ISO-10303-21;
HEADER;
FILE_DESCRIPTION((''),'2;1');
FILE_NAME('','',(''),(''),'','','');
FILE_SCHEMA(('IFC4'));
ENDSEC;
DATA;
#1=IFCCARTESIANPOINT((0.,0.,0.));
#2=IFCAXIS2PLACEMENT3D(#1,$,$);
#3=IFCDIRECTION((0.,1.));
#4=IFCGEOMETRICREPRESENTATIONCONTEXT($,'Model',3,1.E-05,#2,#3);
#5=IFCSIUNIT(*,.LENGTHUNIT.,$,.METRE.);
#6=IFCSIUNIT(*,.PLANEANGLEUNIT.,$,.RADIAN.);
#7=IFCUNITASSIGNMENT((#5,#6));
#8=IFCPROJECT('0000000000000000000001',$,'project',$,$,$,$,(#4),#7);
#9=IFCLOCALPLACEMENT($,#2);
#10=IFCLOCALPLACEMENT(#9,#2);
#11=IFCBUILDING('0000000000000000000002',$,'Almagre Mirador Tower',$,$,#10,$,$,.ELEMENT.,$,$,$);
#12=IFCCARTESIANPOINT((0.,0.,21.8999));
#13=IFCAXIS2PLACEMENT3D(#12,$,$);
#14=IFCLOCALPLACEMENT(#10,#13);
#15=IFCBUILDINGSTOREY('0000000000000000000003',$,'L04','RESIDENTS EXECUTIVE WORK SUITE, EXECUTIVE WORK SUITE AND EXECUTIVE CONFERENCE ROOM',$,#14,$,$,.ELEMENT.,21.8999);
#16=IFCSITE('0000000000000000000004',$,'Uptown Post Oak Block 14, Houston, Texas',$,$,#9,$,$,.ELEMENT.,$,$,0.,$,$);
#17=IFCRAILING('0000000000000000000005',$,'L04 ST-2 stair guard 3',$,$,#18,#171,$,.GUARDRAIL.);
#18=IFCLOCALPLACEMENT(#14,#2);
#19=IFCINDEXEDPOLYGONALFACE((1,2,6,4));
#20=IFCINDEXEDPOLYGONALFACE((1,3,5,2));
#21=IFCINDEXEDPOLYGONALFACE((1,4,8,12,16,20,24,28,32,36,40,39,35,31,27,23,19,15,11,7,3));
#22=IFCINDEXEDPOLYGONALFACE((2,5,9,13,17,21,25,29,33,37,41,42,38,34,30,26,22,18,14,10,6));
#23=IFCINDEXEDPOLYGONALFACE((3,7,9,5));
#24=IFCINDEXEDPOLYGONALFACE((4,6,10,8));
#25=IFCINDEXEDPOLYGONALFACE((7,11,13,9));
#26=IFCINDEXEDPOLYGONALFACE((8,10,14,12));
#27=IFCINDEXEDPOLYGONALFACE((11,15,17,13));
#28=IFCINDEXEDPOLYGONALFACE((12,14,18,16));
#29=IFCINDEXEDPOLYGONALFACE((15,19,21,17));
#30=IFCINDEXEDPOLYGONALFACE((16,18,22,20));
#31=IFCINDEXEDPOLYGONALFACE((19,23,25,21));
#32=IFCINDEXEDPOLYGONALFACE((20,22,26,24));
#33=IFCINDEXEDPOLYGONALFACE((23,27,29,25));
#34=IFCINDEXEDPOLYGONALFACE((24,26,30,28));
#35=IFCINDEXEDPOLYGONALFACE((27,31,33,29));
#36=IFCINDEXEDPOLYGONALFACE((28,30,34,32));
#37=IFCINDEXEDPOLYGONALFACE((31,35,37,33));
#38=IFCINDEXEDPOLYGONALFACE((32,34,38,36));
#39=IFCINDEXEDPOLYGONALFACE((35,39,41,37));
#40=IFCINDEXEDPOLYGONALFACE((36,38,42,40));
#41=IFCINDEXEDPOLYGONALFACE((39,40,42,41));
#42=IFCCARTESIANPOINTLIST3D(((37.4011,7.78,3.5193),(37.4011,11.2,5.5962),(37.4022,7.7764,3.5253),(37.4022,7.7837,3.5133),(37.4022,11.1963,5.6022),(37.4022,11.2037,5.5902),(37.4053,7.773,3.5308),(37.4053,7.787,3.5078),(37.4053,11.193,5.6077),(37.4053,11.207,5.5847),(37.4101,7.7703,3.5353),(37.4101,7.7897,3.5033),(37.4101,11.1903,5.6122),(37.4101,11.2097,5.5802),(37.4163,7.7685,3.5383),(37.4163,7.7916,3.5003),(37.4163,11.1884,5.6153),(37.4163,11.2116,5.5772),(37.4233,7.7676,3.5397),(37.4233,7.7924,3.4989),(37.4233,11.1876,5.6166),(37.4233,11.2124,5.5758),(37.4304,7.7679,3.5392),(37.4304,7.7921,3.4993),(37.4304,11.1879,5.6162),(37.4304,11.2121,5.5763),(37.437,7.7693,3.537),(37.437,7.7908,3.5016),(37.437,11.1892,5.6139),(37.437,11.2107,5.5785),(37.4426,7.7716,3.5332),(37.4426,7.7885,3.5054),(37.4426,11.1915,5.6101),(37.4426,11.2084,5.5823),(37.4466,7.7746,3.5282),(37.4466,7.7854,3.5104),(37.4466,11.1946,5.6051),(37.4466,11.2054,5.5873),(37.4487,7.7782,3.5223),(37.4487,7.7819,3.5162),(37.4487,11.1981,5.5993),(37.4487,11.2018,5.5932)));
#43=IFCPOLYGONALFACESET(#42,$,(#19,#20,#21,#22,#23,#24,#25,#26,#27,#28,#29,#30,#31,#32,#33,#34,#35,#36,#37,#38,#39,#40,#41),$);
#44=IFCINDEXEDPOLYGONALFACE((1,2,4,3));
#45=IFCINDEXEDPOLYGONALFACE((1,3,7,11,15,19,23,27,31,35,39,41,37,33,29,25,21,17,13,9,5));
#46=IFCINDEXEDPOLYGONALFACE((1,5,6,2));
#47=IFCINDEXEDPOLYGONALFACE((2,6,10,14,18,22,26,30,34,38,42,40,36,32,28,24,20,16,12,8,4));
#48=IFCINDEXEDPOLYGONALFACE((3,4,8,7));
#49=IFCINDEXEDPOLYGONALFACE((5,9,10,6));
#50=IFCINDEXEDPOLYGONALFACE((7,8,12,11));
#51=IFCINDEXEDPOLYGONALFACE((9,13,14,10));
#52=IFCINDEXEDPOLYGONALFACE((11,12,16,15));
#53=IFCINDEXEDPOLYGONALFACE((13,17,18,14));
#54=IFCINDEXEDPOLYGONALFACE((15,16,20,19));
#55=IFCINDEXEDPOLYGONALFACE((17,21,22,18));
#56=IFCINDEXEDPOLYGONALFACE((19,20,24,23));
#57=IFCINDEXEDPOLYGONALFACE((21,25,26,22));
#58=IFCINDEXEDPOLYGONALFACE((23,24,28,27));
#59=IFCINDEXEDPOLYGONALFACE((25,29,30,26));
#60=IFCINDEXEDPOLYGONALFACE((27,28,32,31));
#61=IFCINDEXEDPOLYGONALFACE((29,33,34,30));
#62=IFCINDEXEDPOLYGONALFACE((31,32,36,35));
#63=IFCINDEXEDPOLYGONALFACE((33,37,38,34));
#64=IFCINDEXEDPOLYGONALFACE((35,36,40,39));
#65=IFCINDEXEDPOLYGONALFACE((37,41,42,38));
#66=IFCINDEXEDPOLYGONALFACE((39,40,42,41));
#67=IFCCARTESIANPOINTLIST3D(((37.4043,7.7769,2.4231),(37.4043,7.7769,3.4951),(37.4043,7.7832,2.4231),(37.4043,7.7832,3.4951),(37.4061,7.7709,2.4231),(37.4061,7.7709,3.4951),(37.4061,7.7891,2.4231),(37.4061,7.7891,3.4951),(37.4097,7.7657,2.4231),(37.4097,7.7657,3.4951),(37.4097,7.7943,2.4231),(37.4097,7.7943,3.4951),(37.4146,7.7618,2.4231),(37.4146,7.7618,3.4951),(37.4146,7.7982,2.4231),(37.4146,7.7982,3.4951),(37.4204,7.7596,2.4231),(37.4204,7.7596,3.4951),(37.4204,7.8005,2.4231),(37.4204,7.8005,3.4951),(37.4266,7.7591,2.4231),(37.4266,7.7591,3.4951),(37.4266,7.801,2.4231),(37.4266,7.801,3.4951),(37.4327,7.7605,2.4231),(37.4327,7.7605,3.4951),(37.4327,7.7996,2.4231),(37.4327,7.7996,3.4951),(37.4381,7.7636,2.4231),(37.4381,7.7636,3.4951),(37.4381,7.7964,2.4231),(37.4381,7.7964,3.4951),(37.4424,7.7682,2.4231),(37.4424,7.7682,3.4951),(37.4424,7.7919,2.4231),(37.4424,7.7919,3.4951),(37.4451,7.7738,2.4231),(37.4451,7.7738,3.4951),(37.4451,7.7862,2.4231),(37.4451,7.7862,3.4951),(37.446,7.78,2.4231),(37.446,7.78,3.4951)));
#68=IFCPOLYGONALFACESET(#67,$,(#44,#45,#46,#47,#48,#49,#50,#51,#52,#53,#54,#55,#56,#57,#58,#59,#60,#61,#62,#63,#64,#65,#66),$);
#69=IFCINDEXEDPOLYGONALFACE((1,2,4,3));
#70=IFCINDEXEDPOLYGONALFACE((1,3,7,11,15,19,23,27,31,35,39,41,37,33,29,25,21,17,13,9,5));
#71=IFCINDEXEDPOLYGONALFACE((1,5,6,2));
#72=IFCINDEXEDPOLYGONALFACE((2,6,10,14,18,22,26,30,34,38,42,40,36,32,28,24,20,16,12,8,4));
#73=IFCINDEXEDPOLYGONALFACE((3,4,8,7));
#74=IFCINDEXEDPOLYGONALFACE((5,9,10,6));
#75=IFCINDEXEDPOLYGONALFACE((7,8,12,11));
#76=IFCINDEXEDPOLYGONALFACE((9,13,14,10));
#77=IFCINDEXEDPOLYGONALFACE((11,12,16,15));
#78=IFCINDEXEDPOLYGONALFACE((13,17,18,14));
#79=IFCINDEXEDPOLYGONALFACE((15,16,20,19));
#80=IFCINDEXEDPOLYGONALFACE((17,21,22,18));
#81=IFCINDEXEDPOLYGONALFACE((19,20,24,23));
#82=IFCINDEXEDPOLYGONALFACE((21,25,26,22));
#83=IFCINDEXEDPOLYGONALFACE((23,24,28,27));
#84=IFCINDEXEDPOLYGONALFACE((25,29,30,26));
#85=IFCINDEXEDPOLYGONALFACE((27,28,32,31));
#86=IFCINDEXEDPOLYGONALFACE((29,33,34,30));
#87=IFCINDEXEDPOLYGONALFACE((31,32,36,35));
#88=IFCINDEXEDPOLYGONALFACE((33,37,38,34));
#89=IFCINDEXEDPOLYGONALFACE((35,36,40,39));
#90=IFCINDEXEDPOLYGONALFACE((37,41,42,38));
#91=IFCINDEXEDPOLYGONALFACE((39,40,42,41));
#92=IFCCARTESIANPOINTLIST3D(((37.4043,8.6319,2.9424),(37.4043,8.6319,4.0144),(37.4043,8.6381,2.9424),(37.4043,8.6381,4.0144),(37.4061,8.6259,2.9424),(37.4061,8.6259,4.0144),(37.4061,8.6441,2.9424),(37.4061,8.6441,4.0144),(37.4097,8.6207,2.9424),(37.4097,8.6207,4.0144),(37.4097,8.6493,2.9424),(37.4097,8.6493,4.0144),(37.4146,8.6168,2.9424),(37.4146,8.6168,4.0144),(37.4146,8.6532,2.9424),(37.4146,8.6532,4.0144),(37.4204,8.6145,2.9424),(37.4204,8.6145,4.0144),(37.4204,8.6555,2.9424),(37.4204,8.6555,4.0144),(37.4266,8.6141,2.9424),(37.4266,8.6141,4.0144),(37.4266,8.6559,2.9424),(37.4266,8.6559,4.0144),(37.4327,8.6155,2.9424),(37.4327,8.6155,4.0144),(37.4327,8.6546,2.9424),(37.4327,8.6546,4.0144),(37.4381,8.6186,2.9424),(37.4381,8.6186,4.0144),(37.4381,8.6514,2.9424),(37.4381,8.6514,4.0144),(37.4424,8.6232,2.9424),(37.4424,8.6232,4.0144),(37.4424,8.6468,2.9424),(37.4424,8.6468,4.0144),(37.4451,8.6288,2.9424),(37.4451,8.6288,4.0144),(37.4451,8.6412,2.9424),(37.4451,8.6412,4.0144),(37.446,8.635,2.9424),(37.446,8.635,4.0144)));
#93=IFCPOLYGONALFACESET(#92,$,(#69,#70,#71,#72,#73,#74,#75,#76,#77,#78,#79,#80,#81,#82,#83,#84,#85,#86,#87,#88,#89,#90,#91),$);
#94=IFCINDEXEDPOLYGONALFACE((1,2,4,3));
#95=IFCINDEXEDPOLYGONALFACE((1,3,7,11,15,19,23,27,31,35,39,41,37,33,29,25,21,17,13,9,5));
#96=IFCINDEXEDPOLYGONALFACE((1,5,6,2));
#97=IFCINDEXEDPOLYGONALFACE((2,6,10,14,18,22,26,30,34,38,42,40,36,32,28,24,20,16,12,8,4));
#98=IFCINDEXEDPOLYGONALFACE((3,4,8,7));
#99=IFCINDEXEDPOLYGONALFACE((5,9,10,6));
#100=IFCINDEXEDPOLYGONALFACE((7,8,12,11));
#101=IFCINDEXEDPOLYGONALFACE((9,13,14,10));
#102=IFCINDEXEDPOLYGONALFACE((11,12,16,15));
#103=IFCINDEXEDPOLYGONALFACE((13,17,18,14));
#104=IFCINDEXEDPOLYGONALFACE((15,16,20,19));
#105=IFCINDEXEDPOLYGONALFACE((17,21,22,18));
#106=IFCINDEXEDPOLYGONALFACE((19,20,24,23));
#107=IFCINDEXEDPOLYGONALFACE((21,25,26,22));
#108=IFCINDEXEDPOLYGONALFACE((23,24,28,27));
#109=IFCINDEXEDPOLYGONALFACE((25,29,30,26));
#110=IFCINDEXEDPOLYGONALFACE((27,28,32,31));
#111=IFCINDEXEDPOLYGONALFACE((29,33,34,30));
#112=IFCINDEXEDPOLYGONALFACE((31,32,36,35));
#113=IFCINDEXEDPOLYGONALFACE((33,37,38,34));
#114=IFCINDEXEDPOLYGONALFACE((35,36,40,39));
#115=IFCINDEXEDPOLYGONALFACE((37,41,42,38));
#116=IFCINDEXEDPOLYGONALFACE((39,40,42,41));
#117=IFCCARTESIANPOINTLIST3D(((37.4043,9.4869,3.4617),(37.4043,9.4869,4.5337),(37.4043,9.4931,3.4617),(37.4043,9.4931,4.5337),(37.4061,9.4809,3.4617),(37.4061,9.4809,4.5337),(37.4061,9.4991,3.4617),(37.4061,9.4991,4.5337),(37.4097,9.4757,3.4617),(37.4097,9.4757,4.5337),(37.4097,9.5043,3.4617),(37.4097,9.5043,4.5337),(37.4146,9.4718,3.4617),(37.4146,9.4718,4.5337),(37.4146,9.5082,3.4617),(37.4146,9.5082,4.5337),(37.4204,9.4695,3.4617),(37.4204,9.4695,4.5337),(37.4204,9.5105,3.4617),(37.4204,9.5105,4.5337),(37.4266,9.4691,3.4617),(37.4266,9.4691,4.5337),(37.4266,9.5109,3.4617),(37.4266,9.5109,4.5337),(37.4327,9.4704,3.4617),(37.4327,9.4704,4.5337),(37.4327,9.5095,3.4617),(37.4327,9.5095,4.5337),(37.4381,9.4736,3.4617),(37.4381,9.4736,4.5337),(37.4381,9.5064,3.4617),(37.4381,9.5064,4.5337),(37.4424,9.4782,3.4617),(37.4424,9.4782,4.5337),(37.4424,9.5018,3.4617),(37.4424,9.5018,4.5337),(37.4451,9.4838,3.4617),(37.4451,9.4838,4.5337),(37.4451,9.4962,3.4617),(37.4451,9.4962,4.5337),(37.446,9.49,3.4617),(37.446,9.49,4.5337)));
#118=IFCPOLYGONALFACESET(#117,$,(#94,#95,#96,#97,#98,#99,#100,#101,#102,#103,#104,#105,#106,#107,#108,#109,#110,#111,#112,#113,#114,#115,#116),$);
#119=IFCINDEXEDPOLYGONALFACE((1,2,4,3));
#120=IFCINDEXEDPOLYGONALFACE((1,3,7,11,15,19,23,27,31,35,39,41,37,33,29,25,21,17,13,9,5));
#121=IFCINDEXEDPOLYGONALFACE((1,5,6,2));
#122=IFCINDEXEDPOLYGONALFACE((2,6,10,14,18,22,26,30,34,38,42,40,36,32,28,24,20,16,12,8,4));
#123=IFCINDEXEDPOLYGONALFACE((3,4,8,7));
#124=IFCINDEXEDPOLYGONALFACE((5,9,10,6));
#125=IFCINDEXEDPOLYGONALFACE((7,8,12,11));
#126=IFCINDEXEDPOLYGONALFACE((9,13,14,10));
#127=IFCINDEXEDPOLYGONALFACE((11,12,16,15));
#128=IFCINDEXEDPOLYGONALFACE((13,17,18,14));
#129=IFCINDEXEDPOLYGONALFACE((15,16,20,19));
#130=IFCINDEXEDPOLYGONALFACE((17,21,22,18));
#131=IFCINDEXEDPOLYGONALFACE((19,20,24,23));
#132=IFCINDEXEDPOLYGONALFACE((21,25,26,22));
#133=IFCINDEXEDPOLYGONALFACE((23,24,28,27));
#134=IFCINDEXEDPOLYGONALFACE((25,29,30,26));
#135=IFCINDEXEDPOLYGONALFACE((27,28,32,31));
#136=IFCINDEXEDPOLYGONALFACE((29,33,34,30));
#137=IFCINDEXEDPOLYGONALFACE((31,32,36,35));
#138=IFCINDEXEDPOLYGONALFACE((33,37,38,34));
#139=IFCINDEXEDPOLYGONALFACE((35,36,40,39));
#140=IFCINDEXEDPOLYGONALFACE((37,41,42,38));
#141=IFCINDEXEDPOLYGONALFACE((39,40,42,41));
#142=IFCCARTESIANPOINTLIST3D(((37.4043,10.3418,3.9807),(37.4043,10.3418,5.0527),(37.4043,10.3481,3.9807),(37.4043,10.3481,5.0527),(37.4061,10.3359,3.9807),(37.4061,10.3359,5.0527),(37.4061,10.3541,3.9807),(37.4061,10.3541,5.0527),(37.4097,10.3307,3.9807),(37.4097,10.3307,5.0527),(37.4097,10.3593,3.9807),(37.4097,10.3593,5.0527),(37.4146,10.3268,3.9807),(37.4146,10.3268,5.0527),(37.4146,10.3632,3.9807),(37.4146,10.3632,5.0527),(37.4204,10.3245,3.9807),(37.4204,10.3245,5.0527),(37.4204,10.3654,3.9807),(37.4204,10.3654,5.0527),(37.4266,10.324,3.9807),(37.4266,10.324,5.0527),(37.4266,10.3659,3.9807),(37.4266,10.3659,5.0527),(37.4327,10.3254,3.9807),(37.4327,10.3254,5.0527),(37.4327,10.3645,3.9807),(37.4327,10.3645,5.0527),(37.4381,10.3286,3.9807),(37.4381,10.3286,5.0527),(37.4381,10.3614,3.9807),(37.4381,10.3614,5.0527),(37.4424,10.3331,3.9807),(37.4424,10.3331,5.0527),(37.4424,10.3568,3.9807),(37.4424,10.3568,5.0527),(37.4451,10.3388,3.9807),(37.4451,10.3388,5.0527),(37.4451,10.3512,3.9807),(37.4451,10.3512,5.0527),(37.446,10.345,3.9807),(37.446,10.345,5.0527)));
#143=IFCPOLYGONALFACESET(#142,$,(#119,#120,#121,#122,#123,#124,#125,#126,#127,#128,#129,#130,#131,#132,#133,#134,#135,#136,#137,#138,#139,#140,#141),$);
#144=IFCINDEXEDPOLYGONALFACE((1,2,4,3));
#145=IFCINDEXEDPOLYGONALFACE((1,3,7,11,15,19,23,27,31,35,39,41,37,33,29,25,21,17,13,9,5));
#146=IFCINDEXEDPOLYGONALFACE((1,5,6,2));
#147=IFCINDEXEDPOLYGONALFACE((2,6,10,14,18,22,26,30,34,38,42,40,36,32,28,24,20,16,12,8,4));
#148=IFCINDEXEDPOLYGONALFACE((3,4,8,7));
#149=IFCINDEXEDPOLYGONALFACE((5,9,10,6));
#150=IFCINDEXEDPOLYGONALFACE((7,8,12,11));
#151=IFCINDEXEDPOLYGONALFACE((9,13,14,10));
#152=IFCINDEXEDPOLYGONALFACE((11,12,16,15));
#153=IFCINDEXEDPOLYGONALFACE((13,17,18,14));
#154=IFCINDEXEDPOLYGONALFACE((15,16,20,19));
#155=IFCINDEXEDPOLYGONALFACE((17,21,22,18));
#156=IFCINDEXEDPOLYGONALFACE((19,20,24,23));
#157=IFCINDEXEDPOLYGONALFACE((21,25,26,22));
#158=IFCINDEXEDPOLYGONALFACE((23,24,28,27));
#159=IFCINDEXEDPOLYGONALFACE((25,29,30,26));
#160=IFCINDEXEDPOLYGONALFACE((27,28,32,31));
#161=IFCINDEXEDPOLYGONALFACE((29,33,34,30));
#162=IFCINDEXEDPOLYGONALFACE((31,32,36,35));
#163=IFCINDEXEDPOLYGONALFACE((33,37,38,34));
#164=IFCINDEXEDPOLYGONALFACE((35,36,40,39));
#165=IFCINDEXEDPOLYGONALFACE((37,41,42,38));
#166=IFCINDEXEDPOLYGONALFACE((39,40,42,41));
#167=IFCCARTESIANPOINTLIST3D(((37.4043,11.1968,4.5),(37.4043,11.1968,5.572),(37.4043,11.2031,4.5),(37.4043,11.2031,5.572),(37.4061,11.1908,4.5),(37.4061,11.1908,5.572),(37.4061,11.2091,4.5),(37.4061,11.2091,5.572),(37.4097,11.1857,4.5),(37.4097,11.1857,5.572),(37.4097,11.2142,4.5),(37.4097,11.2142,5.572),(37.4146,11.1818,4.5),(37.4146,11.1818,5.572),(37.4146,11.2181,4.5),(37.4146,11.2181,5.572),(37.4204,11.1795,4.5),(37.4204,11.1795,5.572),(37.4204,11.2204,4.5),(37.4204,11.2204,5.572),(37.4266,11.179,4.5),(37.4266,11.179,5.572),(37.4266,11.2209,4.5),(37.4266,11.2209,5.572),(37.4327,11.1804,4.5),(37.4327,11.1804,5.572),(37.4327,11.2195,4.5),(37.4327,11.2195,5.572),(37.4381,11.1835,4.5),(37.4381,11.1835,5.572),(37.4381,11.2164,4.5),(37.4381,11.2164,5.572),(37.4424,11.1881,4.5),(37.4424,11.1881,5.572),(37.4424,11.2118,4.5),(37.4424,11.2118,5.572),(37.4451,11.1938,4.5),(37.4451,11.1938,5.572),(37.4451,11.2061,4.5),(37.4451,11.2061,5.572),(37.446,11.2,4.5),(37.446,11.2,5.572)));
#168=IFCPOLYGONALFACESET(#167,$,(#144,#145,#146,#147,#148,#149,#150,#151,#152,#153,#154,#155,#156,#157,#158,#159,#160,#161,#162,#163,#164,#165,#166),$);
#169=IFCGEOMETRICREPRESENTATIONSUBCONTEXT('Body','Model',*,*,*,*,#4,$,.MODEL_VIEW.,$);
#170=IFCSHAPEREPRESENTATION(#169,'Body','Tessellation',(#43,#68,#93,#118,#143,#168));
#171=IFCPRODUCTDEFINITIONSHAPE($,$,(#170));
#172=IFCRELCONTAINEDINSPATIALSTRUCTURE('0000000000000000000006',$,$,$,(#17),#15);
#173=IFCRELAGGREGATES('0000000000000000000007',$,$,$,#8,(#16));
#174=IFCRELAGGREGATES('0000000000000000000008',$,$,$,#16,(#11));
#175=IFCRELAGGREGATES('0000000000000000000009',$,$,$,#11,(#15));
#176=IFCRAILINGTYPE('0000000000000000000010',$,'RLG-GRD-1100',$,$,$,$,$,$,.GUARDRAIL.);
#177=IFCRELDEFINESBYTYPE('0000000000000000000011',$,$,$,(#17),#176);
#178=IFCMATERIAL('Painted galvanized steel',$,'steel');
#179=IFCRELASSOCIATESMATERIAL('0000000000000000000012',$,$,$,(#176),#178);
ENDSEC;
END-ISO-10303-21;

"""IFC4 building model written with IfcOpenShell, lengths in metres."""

from ifc_helpers import new_model, si_unit, direction, frame, origin, origin_2d, place, context, subcontext, project, spatial, circle, extrude, material, type_object, element, save


model = new_model("IFC4")

# Units and contexts
model_context = context("Model", 3, precision=1e-05, world=origin(), true_north=direction((0.0, 1.0)))
body_context = subcontext(model_context, "Body", "Model", "MODEL_VIEW")
ifc_project = project(units=[si_unit("LENGTHUNIT", "METRE"), si_unit("PLANEANGLEUNIT", "RADIAN")], contexts=[model_context])

# Site, building, storey
site_placement = place(None, origin())
site = spatial("IfcSite", under=ifc_project, at=site_placement, Name="Uptown Post Oak Block 14, Houston, Texas", CompositionType="ELEMENT", RefElevation=0.0)
building_placement = place(site_placement, origin())
building = spatial("IfcBuilding", under=site, at=building_placement, Name="Almagre Mirador Tower", CompositionType="ELEMENT")
storey_placement = place(building_placement, frame((0.0, 0.0, 21.8999)))
storey = spatial("IfcBuildingStorey", under=building, at=storey_placement, Name="L04", Description="RESIDENTS EXECUTIVE WORK SUITE, EXECUTIVE WORK SUITE AND EXECUTIVE CONFERENCE ROOM", CompositionType="ELEMENT", Elevation=21.8999)

# Railing
ifc_material_1 = material(Name="Painted galvanized steel", Category="steel")
railing_type_1 = type_object("IfcRailingType", Name="RLG-GRD-1100", PredefinedType="GUARDRAIL", material=ifc_material_1)
railing_1_placement = place(storey_placement, frame((37.425, 7.78, 2.4231)))
element("IfcRailing", 1, at=railing_1_placement, inside=storey, type_object=railing_type_1, Name="L04 ST-2 stair guard 3", PredefinedType="GUARDRAIL", context=body_context, shape_type="SweptSolid", body=[
    extrude(circle(Radius=0.0239, at=origin_2d()), frame((0.0, 0.0, 1.0962), z_axis=(0.0, 0.85473, 0.519074), x_axis=(-1.0, 0.0, 0.0)), (0.0, 0.0, 1.0), 4.0012),
    extrude(circle(Radius=0.021, at=origin_2d()), origin(), (0.0, 0.0, 1.0), 1.072),
    extrude(circle(Radius=0.021, at=origin_2d()), frame((0.0, 0.855, 0.5193)), (0.0, 0.0, 1.0), 1.072),
    extrude(circle(Radius=0.021, at=origin_2d()), frame((0.0, 1.71, 1.0386)), (0.0, 0.0, 1.0), 1.072),
    extrude(circle(Radius=0.021, at=origin_2d()), frame((0.0, 2.5649, 1.5576)), (0.0, 0.0, 1.0), 1.072),
    extrude(circle(Radius=0.021, at=origin_2d()), frame((0.0, 3.4199, 2.0769)), (0.0, 0.0, 1.0), 1.072),
])

save(model, "model.ifc")
